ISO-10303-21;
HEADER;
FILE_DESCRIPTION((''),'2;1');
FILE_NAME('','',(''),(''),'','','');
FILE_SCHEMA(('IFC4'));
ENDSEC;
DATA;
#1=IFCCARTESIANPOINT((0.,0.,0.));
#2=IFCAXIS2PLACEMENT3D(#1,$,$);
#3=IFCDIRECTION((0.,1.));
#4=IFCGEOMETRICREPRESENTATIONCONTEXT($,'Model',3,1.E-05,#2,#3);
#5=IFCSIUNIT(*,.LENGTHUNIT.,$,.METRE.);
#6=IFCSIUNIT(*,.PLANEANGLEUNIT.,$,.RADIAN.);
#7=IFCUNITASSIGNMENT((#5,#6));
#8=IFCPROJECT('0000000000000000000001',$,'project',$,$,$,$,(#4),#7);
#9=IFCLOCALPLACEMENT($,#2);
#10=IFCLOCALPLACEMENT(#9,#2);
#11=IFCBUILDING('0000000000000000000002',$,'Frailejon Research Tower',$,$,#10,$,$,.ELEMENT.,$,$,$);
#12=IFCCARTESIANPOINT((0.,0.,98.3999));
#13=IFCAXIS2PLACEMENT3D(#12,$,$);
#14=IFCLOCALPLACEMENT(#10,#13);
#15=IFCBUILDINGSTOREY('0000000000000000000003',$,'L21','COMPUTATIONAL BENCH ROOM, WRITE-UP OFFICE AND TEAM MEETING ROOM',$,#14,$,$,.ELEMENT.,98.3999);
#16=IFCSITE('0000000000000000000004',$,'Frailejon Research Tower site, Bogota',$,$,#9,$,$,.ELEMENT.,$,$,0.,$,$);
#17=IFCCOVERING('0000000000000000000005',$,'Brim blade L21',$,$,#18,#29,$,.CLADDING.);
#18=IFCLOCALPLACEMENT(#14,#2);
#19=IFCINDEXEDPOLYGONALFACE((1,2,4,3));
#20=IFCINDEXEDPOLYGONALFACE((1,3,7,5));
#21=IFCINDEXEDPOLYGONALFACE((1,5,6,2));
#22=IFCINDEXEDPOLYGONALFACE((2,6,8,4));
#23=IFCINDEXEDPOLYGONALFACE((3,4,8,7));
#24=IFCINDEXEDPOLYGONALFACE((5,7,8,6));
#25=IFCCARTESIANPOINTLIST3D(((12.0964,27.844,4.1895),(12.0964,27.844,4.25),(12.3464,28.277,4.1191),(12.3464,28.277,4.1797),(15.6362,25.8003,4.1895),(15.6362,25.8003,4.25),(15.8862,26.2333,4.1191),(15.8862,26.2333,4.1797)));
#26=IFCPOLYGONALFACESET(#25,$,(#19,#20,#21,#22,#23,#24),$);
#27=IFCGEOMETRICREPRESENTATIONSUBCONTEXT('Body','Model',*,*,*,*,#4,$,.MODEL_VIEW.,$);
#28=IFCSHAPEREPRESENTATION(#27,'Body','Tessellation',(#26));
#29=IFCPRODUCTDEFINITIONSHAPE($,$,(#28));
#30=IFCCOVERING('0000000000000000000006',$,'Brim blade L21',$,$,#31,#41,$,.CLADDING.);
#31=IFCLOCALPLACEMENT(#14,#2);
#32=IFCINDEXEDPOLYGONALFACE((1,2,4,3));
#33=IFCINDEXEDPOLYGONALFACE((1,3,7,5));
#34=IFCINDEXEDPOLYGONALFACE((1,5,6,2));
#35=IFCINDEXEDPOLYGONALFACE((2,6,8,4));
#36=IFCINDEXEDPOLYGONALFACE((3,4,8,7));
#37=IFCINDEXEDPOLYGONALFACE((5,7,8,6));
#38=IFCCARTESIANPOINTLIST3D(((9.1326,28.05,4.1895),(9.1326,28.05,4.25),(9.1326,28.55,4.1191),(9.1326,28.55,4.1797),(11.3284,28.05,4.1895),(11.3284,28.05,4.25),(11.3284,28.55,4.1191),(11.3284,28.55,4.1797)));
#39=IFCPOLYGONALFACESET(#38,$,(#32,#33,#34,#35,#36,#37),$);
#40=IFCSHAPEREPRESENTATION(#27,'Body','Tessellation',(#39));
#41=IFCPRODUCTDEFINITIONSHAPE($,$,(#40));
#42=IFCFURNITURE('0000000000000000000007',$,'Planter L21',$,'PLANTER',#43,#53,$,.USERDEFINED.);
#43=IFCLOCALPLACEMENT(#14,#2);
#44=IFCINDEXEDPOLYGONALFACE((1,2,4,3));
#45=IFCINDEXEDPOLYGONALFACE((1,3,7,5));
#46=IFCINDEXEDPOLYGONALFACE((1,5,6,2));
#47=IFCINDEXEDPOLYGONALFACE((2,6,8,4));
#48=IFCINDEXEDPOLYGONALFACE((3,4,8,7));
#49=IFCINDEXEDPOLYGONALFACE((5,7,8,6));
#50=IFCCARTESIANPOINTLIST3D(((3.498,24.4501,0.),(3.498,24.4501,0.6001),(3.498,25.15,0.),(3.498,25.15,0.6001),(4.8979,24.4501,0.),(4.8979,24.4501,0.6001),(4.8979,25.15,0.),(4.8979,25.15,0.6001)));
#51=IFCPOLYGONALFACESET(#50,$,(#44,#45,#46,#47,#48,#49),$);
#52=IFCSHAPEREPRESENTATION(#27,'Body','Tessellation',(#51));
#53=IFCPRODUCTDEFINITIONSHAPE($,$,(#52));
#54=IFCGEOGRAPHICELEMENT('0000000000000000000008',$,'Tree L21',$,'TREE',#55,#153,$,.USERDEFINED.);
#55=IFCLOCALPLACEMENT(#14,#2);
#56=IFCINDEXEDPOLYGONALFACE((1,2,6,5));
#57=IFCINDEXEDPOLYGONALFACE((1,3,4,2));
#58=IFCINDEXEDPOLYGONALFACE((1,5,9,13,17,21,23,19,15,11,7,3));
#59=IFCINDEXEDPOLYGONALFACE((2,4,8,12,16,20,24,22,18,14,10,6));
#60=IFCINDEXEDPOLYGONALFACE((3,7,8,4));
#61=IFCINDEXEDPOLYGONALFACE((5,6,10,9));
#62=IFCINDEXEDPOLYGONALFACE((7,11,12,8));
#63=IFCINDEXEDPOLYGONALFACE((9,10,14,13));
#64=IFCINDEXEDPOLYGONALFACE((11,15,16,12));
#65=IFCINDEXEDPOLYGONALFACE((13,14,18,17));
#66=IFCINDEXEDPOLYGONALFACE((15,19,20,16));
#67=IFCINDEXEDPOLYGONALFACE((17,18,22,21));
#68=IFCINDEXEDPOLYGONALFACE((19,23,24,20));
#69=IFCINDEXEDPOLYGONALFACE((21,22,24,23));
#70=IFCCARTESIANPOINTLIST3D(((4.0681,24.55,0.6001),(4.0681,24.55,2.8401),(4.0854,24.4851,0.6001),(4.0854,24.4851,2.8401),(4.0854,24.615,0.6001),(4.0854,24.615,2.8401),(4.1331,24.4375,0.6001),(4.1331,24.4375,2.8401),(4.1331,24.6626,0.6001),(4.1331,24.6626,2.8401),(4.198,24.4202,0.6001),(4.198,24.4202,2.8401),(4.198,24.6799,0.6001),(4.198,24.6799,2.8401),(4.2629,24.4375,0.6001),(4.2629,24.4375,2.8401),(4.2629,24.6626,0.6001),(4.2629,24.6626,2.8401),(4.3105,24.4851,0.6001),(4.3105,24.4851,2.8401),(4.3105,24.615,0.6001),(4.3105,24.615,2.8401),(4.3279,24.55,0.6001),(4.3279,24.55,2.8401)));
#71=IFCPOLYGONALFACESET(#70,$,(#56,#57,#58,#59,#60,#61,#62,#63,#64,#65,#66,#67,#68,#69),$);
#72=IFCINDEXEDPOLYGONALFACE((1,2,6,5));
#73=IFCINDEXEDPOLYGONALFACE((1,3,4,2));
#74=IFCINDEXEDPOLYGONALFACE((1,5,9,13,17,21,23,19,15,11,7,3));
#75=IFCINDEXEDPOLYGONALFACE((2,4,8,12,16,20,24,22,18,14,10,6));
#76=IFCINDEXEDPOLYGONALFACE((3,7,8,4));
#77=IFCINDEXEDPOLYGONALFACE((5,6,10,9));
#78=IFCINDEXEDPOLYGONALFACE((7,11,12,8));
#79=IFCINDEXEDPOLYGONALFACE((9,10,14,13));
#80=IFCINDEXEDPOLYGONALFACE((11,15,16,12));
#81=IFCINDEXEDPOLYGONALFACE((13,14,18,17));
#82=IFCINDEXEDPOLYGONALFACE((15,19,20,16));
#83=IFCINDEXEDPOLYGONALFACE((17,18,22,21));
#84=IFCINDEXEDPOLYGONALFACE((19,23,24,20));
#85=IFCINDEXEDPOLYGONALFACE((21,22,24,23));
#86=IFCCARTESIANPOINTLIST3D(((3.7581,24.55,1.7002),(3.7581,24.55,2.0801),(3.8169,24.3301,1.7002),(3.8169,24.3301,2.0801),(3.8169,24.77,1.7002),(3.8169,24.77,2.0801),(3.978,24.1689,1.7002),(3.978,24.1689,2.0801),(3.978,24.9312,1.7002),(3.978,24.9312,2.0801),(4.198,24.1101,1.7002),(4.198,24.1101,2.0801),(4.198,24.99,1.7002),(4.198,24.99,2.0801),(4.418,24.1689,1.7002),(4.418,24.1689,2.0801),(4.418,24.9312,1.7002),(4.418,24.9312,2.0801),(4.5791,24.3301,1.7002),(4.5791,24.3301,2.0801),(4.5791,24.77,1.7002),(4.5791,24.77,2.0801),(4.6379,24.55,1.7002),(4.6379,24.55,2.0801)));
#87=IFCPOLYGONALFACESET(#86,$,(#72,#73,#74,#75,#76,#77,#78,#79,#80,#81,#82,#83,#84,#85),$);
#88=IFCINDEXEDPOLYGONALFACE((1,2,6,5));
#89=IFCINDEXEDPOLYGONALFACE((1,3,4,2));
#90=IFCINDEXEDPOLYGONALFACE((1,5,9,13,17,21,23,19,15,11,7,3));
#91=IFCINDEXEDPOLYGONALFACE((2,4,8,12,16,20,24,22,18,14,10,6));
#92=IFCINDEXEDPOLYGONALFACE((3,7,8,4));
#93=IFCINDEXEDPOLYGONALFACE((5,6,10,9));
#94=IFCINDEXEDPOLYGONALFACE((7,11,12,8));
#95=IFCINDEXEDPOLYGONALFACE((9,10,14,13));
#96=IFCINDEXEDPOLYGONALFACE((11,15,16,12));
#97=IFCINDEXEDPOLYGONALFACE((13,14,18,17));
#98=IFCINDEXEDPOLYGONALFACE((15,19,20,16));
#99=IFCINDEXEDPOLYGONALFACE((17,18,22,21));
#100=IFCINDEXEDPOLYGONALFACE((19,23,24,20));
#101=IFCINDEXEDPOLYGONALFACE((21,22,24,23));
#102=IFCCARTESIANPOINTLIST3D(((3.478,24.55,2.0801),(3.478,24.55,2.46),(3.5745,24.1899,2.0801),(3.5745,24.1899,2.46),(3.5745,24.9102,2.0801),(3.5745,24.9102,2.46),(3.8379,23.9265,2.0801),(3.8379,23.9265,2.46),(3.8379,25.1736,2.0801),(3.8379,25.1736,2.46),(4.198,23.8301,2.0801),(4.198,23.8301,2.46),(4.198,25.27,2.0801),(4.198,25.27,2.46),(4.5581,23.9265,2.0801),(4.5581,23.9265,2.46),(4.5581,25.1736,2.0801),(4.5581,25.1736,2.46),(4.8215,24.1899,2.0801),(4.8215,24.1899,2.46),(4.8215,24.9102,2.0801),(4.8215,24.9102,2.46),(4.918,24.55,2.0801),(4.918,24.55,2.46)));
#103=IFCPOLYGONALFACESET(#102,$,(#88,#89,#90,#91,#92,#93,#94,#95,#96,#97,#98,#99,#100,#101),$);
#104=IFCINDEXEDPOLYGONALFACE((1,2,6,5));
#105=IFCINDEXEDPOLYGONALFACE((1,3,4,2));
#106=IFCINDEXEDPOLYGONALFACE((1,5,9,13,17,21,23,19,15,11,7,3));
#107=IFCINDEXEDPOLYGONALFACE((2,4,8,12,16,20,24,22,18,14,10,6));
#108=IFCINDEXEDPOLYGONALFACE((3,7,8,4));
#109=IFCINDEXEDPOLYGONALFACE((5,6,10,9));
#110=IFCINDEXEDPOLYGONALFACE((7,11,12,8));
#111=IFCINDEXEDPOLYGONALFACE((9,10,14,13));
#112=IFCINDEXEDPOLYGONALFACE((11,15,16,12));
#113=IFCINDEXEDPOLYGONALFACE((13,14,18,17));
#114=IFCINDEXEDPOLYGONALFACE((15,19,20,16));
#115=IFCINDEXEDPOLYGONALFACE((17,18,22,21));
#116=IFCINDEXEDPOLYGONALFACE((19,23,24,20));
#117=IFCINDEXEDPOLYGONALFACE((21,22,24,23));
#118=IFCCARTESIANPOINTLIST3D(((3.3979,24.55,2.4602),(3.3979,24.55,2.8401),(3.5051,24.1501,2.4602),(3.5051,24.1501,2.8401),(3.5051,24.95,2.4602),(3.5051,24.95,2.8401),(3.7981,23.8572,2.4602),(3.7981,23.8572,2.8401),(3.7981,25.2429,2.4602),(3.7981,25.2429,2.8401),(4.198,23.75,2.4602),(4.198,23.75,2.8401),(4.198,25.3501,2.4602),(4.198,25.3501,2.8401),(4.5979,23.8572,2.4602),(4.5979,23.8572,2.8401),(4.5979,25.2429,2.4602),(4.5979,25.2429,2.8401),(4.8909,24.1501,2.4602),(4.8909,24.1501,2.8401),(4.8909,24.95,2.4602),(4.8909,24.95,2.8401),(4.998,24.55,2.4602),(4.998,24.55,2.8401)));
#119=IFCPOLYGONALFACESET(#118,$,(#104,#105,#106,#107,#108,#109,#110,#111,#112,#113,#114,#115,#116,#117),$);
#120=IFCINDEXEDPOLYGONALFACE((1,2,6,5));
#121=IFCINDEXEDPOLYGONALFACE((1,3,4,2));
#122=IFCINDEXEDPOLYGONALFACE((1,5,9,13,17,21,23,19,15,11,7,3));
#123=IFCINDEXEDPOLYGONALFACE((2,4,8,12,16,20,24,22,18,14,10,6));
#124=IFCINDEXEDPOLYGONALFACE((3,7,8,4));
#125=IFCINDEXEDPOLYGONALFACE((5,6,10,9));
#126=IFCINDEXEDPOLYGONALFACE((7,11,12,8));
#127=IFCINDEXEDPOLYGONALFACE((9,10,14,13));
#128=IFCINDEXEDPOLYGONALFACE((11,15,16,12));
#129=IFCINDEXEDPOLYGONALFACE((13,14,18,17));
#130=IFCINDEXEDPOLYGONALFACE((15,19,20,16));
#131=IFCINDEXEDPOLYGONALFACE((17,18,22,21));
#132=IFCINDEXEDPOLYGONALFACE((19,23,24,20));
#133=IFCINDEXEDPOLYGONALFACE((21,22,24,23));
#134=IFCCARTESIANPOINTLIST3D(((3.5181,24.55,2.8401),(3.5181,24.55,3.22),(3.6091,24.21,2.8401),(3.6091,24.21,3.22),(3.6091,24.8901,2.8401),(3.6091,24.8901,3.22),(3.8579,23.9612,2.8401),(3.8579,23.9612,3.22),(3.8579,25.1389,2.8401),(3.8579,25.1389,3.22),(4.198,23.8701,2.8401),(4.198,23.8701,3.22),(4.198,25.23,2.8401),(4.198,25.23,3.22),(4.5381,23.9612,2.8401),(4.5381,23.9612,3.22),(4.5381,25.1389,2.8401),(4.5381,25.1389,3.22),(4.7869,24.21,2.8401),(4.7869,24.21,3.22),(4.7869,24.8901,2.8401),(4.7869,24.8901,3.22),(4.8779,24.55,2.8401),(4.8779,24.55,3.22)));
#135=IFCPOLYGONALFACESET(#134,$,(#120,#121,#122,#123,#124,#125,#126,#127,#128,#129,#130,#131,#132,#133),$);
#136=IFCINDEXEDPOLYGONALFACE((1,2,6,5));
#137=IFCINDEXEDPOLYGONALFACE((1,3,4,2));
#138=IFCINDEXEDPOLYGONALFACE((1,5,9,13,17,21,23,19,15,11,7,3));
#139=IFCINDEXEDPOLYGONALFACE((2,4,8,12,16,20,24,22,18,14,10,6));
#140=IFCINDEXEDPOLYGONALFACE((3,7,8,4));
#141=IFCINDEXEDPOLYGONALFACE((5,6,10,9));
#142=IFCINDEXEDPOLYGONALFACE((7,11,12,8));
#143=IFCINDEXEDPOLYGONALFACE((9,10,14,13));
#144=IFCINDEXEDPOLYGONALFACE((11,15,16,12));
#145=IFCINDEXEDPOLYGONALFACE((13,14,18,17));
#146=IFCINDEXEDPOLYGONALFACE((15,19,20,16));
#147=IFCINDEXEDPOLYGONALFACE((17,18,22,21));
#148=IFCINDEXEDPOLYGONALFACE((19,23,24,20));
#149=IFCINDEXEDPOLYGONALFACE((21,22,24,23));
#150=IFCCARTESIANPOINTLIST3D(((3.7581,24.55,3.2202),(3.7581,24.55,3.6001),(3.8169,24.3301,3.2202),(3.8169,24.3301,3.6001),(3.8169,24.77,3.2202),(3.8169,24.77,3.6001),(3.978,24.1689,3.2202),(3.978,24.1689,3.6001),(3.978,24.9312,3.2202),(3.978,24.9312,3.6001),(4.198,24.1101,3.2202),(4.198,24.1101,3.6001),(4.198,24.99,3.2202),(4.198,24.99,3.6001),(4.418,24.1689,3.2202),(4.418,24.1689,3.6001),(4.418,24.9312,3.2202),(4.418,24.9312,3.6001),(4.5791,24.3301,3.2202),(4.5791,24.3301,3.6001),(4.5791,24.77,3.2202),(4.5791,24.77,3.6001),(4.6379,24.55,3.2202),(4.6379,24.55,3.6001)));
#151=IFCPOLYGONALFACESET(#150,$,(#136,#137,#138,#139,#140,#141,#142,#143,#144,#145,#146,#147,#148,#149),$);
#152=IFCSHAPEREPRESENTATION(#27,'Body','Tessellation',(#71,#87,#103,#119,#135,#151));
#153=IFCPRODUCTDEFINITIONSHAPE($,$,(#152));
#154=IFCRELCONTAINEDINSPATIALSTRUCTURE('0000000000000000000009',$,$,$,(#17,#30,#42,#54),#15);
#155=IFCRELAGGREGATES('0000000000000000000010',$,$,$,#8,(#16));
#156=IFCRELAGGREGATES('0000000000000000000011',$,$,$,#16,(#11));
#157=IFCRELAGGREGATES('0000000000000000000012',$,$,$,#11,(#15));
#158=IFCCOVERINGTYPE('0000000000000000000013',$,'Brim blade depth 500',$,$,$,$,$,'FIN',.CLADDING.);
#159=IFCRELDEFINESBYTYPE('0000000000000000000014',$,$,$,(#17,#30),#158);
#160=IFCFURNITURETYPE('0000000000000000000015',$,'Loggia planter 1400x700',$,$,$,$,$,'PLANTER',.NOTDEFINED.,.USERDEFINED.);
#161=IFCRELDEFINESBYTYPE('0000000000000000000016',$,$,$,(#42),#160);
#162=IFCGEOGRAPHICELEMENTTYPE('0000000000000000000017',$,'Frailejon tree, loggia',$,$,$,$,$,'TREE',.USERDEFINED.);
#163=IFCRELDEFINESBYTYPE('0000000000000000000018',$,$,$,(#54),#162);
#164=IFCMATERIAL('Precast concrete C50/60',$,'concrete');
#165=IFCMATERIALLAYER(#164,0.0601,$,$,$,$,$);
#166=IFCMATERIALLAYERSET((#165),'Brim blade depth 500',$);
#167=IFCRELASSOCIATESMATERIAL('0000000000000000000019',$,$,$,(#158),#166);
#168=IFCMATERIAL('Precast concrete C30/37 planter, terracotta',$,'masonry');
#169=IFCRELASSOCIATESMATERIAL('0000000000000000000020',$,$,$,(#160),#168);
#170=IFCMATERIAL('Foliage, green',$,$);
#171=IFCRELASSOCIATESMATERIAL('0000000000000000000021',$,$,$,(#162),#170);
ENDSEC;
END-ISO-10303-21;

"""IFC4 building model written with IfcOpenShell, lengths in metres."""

from ifc_helpers import new_model, si_unit, direction, frame, origin, origin_2d, place, context, subcontext, project, spatial, polyline, rectangle, outline, extrude, material, layer, layer_set, type_object, element, save


model = new_model("IFC4")

# Units and contexts
model_context = context("Model", 3, precision=1e-05, world=origin(), true_north=direction((0.0, 1.0)))
body_context = subcontext(model_context, "Body", "Model", "MODEL_VIEW")
ifc_project = project(units=[si_unit("LENGTHUNIT", "METRE"), si_unit("PLANEANGLEUNIT", "RADIAN")], contexts=[model_context])

# Site, building, storey
site_placement = place(None, origin())
site = spatial("IfcSite", under=ifc_project, at=site_placement, Name="Frailejon Research Tower site, Bogota", CompositionType="ELEMENT", RefElevation=0.0)
building_placement = place(site_placement, origin())
building = spatial("IfcBuilding", under=site, at=building_placement, Name="Frailejon Research Tower", CompositionType="ELEMENT")
storey_placement = place(building_placement, frame((0.0, 0.0, 98.3999)))
storey = spatial("IfcBuildingStorey", under=building, at=storey_placement, Name="L21", Description="COMPUTATIONAL BENCH ROOM, WRITE-UP OFFICE AND TEAM MEETING ROOM", CompositionType="ELEMENT", Elevation=98.3999)

# Coverings
ifc_material_1 = material(Name="Precast concrete C50/60", Category="concrete")
ifc_layer_1 = layer(ifc_material_1, 0.0601)
ifc_layer_set_1 = layer_set([ifc_layer_1], Name="Brim blade depth 500")
covering_type_1 = type_object("IfcCoveringType", Name="Brim blade depth 500", ElementType="FIN", PredefinedType="CLADDING", material=ifc_layer_set_1)
covering_1_placement = place(storey_placement, frame((12.0964, 27.844, 4.25), z_axis=(0.866021, -0.500007, 0.0), x_axis=(0.500007, 0.866021, 0.0)))
element("IfcCovering", 1, at=covering_1_placement, inside=storey, type_object=covering_type_1, Name="Brim blade L21", PredefinedType="CLADDING", context=body_context, shape_type="SweptSolid", body=[
    extrude(outline(polyline([(0.0, -0.0605), (0.5, -0.1309), (0.5, -0.0703), (0.0, 0.0), (0.0, -0.0605)])), origin(), (0.0, 0.0, 1.0), 4.0874),
])
covering_2_placement = place(storey_placement, frame((9.1326, 28.05, 4.25), z_axis=(1.0, 0.0, 0.0), x_axis=(0.0, 1.0, 0.0)))
element("IfcCovering", 2, at=covering_2_placement, inside=storey, type_object=covering_type_1, Name="Brim blade L21", PredefinedType="CLADDING", context=body_context, shape_type="SweptSolid", body=[
    extrude(outline(polyline([(0.0, -0.0605), (0.5, -0.1309), (0.5, -0.0703), (0.0, 0.0), (0.0, -0.0605)])), origin(), (0.0, 0.0, 1.0), 2.1958),
])

# Furniture
ifc_material_2 = material(Name="Precast concrete C30/37 planter, terracotta", Category="masonry")
furniture_type = type_object("IfcFurnitureType", Name="Loggia planter 1400x700", ElementType="PLANTER", AssemblyPlace="NOTDEFINED", PredefinedType="USERDEFINED", material=ifc_material_2)
furniture_placement = place(storey_placement, frame((4.198, 24.8, 0.0), z_axis=(0.0, 0.0, 1.0), x_axis=(-1.0, 0.0, 0.0)))
element("IfcFurniture", 3, at=furniture_placement, inside=storey, type_object=furniture_type, Name="Planter L21", ObjectType="PLANTER", PredefinedType="USERDEFINED", context=body_context, shape_type="SweptSolid", body=[
    extrude(rectangle(XDim=1.3999, YDim=0.7, at=origin_2d()), origin(), (0.0, 0.0, 1.0), 0.6001),
])

# Geographic element
ifc_material_3 = material(Name="Foliage, green")
geographic_element_type = type_object("IfcGeographicElementType", Name="Frailejon tree, loggia", ElementType="TREE", PredefinedType="USERDEFINED", material=ifc_material_3)
geographic_element_placement = place(storey_placement, frame((4.198, 24.55, 0.6001)))
element("IfcGeographicElement", 4, at=geographic_element_placement, inside=storey, type_object=geographic_element_type, Name="Tree L21", ObjectType="TREE", PredefinedType="USERDEFINED", context=body_context, shape_type="SweptSolid", body=[
    extrude(outline(polyline([(0.1299, 0.0), (0.1125, 0.0649), (0.0649, 0.1125), (0.0, 0.1299), (-0.0649, 0.1125), (-0.1125, 0.0649), (-0.1299, 0.0), (-0.1125, -0.0649), (-0.0649, -0.1125), (0.0, -0.1299), (0.0649, -0.1125), (0.1125, -0.0649), (0.1299, 0.0)])), origin(), (0.0, 0.0, 1.0), 2.24),
    extrude(outline(polyline([(0.4399, 0.0), (0.3811, 0.22), (0.22, 0.3811), (0.0, 0.4399), (-0.22, 0.3811), (-0.3811, 0.22), (-0.4399, 0.0), (-0.3811, -0.22), (-0.22, -0.3811), (0.0, -0.4399), (0.22, -0.3811), (0.3811, -0.22), (0.4399, 0.0)])), frame((0.0, 0.0, 1.1001)), (0.0, 0.0, 1.0), 0.3799),
    extrude(outline(polyline([(0.72, 0.0), (0.6235, 0.3601), (0.3601, 0.6235), (0.0, 0.72), (-0.3601, 0.6235), (-0.6235, 0.3601), (-0.72, 0.0), (-0.6235, -0.3601), (-0.3601, -0.6235), (0.0, -0.72), (0.3601, -0.6235), (0.6235, -0.3601), (0.72, 0.0)])), frame((0.0, 0.0, 1.48)), (0.0, 0.0, 1.0), 0.3799),
    extrude(outline(polyline([(0.8, 0.0), (0.6929, 0.3999), (0.3999, 0.6929), (0.0, 0.8), (-0.3999, 0.6929), (-0.6929, 0.3999), (-0.8, 0.0), (-0.6929, -0.3999), (-0.3999, -0.6929), (0.0, -0.8), (0.3999, -0.6929), (0.6929, -0.3999), (0.8, 0.0)])), frame((0.0, 0.0, 1.8601)), (0.0, 0.0, 1.0), 0.3799),
    extrude(outline(polyline([(0.6799, 0.0), (0.5889, 0.3401), (0.3401, 0.5889), (0.0, 0.6799), (-0.3401, 0.5889), (-0.5889, 0.3401), (-0.6799, 0.0), (-0.5889, -0.3401), (-0.3401, -0.5889), (0.0, -0.6799), (0.3401, -0.5889), (0.5889, -0.3401), (0.6799, 0.0)])), frame((0.0, 0.0, 2.24)), (0.0, 0.0, 1.0), 0.3799),
    extrude(outline(polyline([(0.4399, 0.0), (0.3811, 0.22), (0.22, 0.3811), (0.0, 0.4399), (-0.22, 0.3811), (-0.3811, 0.22), (-0.4399, 0.0), (-0.3811, -0.22), (-0.22, -0.3811), (0.0, -0.4399), (0.22, -0.3811), (0.3811, -0.22), (0.4399, 0.0)])), frame((0.0, 0.0, 2.6201)), (0.0, 0.0, 1.0), 0.3799),
])

save(model, "model.ifc")
